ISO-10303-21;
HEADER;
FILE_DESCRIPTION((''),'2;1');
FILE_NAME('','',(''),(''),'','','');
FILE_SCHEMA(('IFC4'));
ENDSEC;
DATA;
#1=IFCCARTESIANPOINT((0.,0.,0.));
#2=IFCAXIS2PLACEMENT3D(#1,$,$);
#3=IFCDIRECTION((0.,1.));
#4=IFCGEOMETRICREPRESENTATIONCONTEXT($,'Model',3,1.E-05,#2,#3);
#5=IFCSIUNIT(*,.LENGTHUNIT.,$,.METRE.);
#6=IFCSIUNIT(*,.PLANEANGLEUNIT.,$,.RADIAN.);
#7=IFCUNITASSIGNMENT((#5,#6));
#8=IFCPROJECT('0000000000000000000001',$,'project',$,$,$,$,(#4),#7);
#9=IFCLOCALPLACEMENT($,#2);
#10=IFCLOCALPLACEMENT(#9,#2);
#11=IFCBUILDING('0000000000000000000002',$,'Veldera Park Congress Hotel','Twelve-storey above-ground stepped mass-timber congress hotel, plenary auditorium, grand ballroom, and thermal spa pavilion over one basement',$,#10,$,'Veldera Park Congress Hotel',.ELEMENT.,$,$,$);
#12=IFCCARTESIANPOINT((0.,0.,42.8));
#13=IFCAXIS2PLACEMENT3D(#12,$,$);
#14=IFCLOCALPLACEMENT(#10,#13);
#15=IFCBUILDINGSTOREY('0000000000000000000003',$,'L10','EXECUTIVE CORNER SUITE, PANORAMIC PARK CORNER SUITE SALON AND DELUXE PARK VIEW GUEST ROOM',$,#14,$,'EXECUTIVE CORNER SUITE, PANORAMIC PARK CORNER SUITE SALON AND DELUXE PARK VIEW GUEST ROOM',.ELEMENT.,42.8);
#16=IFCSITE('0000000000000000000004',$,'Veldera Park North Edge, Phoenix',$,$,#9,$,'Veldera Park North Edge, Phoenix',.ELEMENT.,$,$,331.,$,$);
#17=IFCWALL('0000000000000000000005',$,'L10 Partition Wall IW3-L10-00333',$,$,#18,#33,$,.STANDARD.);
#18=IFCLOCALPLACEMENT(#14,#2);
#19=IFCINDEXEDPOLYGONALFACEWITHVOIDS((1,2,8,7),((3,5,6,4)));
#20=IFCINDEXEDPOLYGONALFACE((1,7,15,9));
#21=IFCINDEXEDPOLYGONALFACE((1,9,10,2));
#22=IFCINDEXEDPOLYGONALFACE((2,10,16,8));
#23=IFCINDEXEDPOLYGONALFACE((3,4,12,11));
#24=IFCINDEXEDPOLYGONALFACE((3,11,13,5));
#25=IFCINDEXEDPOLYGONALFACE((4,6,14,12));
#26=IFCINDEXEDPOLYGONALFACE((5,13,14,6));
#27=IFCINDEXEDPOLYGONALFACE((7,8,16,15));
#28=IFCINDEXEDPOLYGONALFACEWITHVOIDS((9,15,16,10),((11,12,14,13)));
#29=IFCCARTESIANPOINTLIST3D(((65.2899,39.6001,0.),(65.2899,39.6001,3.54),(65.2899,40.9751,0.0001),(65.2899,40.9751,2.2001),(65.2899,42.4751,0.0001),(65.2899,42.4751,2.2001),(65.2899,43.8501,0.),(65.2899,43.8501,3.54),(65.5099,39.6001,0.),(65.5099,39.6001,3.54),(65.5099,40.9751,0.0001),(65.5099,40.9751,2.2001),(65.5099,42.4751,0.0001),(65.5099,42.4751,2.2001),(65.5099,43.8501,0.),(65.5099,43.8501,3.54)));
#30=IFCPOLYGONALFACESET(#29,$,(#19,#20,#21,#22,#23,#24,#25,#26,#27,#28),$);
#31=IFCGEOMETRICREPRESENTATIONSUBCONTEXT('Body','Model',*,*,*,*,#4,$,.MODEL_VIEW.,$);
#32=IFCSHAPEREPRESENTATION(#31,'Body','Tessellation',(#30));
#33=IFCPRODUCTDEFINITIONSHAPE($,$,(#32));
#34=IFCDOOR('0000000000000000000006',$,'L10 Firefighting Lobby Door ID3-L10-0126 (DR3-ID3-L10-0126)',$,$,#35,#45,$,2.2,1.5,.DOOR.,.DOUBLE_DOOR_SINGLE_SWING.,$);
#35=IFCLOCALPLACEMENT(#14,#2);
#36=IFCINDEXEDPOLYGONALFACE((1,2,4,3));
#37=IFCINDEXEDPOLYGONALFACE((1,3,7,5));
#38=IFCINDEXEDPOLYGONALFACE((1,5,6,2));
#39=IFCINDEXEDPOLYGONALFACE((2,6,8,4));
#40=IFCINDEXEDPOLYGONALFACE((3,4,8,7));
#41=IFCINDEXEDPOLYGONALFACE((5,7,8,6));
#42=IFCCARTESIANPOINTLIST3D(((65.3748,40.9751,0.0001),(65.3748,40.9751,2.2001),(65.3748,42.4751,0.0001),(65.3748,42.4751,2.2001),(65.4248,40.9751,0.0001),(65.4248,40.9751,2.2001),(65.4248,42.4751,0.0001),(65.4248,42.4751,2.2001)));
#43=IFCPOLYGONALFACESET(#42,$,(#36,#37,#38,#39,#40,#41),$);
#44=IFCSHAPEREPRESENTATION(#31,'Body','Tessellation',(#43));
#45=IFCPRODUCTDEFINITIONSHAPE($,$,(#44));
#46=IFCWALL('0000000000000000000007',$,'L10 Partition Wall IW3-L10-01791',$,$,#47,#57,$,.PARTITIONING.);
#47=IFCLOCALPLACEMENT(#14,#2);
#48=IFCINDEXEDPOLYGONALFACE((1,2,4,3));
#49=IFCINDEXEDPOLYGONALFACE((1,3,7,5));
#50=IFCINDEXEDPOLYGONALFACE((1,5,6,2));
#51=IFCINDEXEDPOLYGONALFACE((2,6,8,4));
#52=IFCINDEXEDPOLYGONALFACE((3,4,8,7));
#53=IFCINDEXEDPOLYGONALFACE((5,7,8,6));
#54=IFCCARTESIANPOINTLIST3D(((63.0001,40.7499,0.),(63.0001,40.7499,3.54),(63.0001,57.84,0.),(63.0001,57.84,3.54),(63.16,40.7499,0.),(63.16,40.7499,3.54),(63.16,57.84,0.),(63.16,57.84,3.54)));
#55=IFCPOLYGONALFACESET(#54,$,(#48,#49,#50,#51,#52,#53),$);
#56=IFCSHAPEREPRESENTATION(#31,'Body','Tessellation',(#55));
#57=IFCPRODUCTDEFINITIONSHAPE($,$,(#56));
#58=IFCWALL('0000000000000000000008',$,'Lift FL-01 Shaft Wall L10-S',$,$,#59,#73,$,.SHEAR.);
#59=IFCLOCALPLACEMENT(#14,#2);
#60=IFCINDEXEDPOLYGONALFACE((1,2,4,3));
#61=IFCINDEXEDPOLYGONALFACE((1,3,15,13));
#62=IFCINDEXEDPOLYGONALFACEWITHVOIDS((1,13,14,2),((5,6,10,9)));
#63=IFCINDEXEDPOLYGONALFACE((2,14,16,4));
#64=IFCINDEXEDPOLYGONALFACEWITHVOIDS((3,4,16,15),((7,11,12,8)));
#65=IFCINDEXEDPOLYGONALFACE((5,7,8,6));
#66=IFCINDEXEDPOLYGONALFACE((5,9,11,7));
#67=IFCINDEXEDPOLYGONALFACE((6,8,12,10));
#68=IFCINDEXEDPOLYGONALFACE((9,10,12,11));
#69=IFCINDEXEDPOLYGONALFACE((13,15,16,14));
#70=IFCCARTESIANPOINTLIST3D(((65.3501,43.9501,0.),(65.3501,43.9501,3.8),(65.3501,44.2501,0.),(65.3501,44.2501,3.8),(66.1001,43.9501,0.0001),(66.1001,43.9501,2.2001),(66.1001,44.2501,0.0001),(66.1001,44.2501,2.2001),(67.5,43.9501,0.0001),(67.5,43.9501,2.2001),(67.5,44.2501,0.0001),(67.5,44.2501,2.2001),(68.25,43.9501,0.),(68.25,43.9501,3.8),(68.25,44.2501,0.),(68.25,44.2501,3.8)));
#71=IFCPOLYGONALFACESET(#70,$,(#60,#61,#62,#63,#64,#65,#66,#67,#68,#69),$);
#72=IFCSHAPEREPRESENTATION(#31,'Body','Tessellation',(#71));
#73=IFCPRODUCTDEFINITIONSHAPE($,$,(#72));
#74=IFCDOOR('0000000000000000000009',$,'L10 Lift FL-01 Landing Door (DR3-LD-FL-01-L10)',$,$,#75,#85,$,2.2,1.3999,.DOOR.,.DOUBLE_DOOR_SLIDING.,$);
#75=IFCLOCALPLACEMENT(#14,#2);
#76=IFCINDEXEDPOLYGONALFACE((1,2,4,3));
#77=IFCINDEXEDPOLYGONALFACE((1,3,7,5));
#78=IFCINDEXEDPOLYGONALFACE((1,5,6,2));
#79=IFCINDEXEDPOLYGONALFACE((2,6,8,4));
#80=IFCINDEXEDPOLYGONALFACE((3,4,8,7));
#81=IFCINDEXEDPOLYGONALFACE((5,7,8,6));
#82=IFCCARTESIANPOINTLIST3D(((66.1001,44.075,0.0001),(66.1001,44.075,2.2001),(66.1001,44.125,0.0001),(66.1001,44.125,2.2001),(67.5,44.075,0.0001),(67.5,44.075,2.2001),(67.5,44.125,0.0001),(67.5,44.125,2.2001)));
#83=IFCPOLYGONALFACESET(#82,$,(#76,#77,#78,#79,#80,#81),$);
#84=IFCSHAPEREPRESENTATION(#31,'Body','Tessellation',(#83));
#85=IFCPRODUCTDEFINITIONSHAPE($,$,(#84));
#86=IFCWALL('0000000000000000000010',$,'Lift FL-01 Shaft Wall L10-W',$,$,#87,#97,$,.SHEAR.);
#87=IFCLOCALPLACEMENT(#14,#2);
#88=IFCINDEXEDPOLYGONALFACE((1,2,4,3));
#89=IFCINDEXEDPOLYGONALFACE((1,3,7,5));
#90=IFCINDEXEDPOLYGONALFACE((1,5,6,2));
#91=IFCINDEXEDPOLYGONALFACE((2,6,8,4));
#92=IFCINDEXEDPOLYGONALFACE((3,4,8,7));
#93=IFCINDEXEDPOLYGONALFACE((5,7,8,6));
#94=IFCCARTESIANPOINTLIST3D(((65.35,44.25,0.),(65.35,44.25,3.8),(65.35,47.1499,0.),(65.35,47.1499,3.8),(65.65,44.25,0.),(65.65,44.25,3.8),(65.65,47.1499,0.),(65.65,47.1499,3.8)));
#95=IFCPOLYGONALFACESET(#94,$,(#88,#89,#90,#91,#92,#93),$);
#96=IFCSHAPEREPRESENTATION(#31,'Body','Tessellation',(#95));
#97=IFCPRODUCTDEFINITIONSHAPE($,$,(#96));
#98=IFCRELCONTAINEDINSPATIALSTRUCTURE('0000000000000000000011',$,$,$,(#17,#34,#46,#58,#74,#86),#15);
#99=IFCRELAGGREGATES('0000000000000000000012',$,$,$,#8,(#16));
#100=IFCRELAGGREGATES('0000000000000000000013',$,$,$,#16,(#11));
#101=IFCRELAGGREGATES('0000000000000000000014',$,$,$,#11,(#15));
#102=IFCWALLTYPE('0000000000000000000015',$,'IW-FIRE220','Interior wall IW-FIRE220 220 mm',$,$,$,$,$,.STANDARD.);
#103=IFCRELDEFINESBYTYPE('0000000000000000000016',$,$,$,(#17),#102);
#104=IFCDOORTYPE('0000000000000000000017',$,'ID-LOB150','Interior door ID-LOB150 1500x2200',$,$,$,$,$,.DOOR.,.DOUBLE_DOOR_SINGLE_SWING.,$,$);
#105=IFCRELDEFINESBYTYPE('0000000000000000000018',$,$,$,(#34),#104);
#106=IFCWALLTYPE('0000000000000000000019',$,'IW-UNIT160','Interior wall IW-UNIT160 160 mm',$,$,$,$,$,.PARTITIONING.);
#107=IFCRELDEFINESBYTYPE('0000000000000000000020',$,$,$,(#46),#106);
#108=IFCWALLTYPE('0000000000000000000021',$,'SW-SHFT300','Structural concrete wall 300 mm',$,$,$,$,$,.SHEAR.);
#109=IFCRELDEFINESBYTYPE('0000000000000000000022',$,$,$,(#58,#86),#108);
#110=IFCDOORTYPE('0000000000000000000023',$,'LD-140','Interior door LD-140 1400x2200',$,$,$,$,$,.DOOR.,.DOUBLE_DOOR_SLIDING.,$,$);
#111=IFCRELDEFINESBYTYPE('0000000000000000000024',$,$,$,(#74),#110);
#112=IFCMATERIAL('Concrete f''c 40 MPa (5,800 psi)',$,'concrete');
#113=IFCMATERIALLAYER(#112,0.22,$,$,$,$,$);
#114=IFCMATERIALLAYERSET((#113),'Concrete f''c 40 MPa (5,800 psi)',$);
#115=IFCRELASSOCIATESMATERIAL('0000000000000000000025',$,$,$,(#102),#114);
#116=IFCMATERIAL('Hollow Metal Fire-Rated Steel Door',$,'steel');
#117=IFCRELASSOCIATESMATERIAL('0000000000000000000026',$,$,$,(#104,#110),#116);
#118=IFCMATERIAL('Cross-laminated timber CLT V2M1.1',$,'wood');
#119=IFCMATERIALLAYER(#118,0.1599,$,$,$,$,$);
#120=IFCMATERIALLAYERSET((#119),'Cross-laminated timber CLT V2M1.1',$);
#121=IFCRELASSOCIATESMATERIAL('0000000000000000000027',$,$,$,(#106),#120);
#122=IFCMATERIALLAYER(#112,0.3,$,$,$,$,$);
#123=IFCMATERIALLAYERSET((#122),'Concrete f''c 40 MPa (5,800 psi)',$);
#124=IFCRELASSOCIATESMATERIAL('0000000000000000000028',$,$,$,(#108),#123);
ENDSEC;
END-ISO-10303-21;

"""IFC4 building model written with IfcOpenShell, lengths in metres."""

from ifc_helpers import new_model, si_unit, direction, frame, frame_2d, origin, place, context, subcontext, project, spatial, rectangle, extrude, material, layer, layer_set, type_object, element, fill, save


model = new_model("IFC4")

# Units and contexts
model_context = context("Model", 3, precision=1e-05, world=origin(), true_north=direction((0.0, 1.0)))
body_context = subcontext(model_context, "Body", "Model", "MODEL_VIEW")
ifc_project = project(units=[si_unit("LENGTHUNIT", "METRE"), si_unit("PLANEANGLEUNIT", "RADIAN")], contexts=[model_context])

# Site, building, storey
site_placement = place(None, origin())
site = spatial("IfcSite", under=ifc_project, at=site_placement, Name="Veldera Park North Edge, Phoenix", LongName="Veldera Park North Edge, Phoenix", CompositionType="ELEMENT", RefElevation=331.0)
building_placement = place(site_placement, origin())
building = spatial("IfcBuilding", under=site, at=building_placement, Name="Veldera Park Congress Hotel", Description="Twelve-storey above-ground stepped mass-timber congress hotel, plenary auditorium, grand ballroom, and thermal spa pavilion over one basement", LongName="Veldera Park Congress Hotel", CompositionType="ELEMENT")
storey_placement = place(building_placement, frame((0.0, 0.0, 42.8)))
storey = spatial("IfcBuildingStorey", under=building, at=storey_placement, Name="L10", Description="EXECUTIVE CORNER SUITE, PANORAMIC PARK CORNER SUITE SALON AND DELUXE PARK VIEW GUEST ROOM", LongName="EXECUTIVE CORNER SUITE, PANORAMIC PARK CORNER SUITE SALON AND DELUXE PARK VIEW GUEST ROOM", CompositionType="ELEMENT", Elevation=42.8)

# Shared definitions
ifc_material_1 = material(Name="Cross-laminated timber CLT V2M1.1", Category="wood")

# Wall, opening, door
ifc_material_2 = material(Name="Concrete f'c 40 MPa (5,800 psi)", Category="concrete")
ifc_layer_1 = layer(ifc_material_2, 0.22)
ifc_layer_set_1 = layer_set([ifc_layer_1], Name="Concrete f'c 40 MPa (5,800 psi)")
wall_type_1 = type_object("IfcWallType", Name="IW-FIRE220", Description="Interior wall IW-FIRE220 220 mm", PredefinedType="STANDARD", material=ifc_layer_set_1)
wall_1_placement = place(storey_placement, frame((65.3999, 43.8501, 0.0), z_axis=(0.0, 0.0, 1.0), x_axis=(0.0, -1.0, 0.0)))
wall_1 = element("IfcWall", 1, at=wall_1_placement, inside=storey, type_object=wall_type_1, Name="L10 Partition Wall IW3-L10-00333", PredefinedType="STANDARD", context=body_context, shape_type="SweptSolid", body=[
    extrude(rectangle(XDim=4.25, YDim=0.22, at=frame_2d((2.125, 0.0))), origin(), (0.0, 0.0, 1.0), 3.54),
])
opening_1_placement = place(wall_1_placement, frame((1.375, 0.0, 0.0)))
opening_1 = element("IfcOpeningElement", 2, at=opening_1_placement, cuts=wall_1, PredefinedType="OPENING", context=body_context, shape_type="SweptSolid", body=[
    extrude(rectangle(XDim=1.5, YDim=2.2, at=frame_2d((0.75, 1.1001))), frame((0.0, 0.1221, 0.0), z_axis=(0.0, -1.0, 0.0), x_axis=(1.0, 0.0, 0.0)), (0.0, 0.0, 1.0), 0.2439),
])
ifc_material_3 = material(Name="Hollow Metal Fire-Rated Steel Door", Category="steel")
door_type_1 = type_object("IfcDoorType", Name="ID-LOB150", Description="Interior door ID-LOB150 1500x2200", OperationType="DOUBLE_DOOR_SINGLE_SWING", PredefinedType="DOOR", material=ifc_material_3)
door_1_placement = place(opening_1_placement, origin())
door_1 = element("IfcDoor", 3, at=door_1_placement, inside=storey, type_object=door_type_1, Name="L10 Firefighting Lobby Door ID3-L10-0126 (DR3-ID3-L10-0126)", OperationType="DOUBLE_DOOR_SINGLE_SWING", OverallHeight=2.2, OverallWidth=1.5, PredefinedType="DOOR", context=body_context, shape_type="SweptSolid", body=[
    extrude(rectangle(XDim=1.5, YDim=2.2, at=frame_2d((0.75, 1.1001))), frame((0.0, 0.0249, 0.0), z_axis=(0.0, -1.0, 0.0), x_axis=(1.0, 0.0, 0.0)), (0.0, 0.0, 1.0), 0.05),
])
fill(opening_1, door_1)

# Wall
ifc_layer_2 = layer(ifc_material_1, 0.1599)
ifc_layer_set_2 = layer_set([ifc_layer_2], Name="Cross-laminated timber CLT V2M1.1")
wall_type_2 = type_object("IfcWallType", Name="IW-UNIT160", Description="Interior wall IW-UNIT160 160 mm", PredefinedType="PARTITIONING", material=ifc_layer_set_2)
wall_2_placement = place(storey_placement, frame((63.0801, 40.75, 0.0), z_axis=(0.0, 0.0, 1.0), x_axis=(0.0, 1.0, 0.0)))
element("IfcWall", 4, at=wall_2_placement, inside=storey, type_object=wall_type_2, Name="L10 Partition Wall IW3-L10-01791", PredefinedType="PARTITIONING", context=body_context, shape_type="SweptSolid", body=[
    extrude(rectangle(XDim=17.0901, YDim=0.1599, at=frame_2d((8.5449, 0.0))), origin(), (0.0, 0.0, 1.0), 3.54),
])

# Wall, opening, door
ifc_layer_3 = layer(ifc_material_2, 0.3)
ifc_layer_set_3 = layer_set([ifc_layer_3], Name="Concrete f'c 40 MPa (5,800 psi)")
wall_type_3 = type_object("IfcWallType", Name="SW-SHFT300", Description="Structural concrete wall 300 mm", PredefinedType="SHEAR", material=ifc_layer_set_3)
wall_3_placement = place(storey_placement, frame((65.3501, 44.1001, 0.0), z_axis=(0.0, 0.0, 1.0), x_axis=(1.0, 0.0, 0.0)))
wall_3 = element("IfcWall", 5, at=wall_3_placement, inside=storey, type_object=wall_type_3, Name="Lift FL-01 Shaft Wall L10-S", PredefinedType="SHEAR", context=body_context, shape_type="SweptSolid", body=[
    extrude(rectangle(XDim=2.8999, YDim=0.3, at=frame_2d((1.45, 0.0))), origin(), (0.0, 0.0, 1.0), 3.8),
])
opening_2_placement = place(wall_3_placement, frame((0.75, 0.0, 0.0)))
opening_2 = element("IfcOpeningElement", 6, at=opening_2_placement, cuts=wall_3, PredefinedType="OPENING", context=body_context, shape_type="SweptSolid", body=[
    extrude(rectangle(XDim=1.3999, YDim=2.2, at=frame_2d((0.7, 1.1001))), frame((0.0, 0.1621, 0.0), z_axis=(0.0, -1.0, 0.0), x_axis=(1.0, 0.0, 0.0)), (0.0, 0.0, 1.0), 0.324),
])
door_type_2 = type_object("IfcDoorType", Name="LD-140", Description="Interior door LD-140 1400x2200", OperationType="DOUBLE_DOOR_SLIDING", PredefinedType="DOOR", material=ifc_material_3)
door_2_placement = place(opening_2_placement, origin())
door_2 = element("IfcDoor", 7, at=door_2_placement, inside=storey, type_object=door_type_2, Name="L10 Lift FL-01 Landing Door (DR3-LD-FL-01-L10)", OperationType="DOUBLE_DOOR_SLIDING", OverallHeight=2.2, OverallWidth=1.3999, PredefinedType="DOOR", context=body_context, shape_type="SweptSolid", body=[
    extrude(rectangle(XDim=1.3999, YDim=2.2, at=frame_2d((0.7, 1.1001))), frame((0.0, 0.0249, 0.0), z_axis=(0.0, -1.0, 0.0), x_axis=(1.0, 0.0, 0.0)), (0.0, 0.0, 1.0), 0.05),
])
fill(opening_2, door_2)

# Wall
wall_4_placement = place(storey_placement, frame((65.5, 47.1499, 0.0), z_axis=(0.0, 0.0, 1.0), x_axis=(0.0, -1.0, 0.0)))
element("IfcWall", 8, at=wall_4_placement, inside=storey, type_object=wall_type_3, Name="Lift FL-01 Shaft Wall L10-W", PredefinedType="SHEAR", context=body_context, shape_type="SweptSolid", body=[
    extrude(rectangle(XDim=2.8999, YDim=0.3, at=frame_2d((1.45, 0.0))), origin(), (0.0, 0.0, 1.0), 3.8),
])

save(model, "model.ifc")
